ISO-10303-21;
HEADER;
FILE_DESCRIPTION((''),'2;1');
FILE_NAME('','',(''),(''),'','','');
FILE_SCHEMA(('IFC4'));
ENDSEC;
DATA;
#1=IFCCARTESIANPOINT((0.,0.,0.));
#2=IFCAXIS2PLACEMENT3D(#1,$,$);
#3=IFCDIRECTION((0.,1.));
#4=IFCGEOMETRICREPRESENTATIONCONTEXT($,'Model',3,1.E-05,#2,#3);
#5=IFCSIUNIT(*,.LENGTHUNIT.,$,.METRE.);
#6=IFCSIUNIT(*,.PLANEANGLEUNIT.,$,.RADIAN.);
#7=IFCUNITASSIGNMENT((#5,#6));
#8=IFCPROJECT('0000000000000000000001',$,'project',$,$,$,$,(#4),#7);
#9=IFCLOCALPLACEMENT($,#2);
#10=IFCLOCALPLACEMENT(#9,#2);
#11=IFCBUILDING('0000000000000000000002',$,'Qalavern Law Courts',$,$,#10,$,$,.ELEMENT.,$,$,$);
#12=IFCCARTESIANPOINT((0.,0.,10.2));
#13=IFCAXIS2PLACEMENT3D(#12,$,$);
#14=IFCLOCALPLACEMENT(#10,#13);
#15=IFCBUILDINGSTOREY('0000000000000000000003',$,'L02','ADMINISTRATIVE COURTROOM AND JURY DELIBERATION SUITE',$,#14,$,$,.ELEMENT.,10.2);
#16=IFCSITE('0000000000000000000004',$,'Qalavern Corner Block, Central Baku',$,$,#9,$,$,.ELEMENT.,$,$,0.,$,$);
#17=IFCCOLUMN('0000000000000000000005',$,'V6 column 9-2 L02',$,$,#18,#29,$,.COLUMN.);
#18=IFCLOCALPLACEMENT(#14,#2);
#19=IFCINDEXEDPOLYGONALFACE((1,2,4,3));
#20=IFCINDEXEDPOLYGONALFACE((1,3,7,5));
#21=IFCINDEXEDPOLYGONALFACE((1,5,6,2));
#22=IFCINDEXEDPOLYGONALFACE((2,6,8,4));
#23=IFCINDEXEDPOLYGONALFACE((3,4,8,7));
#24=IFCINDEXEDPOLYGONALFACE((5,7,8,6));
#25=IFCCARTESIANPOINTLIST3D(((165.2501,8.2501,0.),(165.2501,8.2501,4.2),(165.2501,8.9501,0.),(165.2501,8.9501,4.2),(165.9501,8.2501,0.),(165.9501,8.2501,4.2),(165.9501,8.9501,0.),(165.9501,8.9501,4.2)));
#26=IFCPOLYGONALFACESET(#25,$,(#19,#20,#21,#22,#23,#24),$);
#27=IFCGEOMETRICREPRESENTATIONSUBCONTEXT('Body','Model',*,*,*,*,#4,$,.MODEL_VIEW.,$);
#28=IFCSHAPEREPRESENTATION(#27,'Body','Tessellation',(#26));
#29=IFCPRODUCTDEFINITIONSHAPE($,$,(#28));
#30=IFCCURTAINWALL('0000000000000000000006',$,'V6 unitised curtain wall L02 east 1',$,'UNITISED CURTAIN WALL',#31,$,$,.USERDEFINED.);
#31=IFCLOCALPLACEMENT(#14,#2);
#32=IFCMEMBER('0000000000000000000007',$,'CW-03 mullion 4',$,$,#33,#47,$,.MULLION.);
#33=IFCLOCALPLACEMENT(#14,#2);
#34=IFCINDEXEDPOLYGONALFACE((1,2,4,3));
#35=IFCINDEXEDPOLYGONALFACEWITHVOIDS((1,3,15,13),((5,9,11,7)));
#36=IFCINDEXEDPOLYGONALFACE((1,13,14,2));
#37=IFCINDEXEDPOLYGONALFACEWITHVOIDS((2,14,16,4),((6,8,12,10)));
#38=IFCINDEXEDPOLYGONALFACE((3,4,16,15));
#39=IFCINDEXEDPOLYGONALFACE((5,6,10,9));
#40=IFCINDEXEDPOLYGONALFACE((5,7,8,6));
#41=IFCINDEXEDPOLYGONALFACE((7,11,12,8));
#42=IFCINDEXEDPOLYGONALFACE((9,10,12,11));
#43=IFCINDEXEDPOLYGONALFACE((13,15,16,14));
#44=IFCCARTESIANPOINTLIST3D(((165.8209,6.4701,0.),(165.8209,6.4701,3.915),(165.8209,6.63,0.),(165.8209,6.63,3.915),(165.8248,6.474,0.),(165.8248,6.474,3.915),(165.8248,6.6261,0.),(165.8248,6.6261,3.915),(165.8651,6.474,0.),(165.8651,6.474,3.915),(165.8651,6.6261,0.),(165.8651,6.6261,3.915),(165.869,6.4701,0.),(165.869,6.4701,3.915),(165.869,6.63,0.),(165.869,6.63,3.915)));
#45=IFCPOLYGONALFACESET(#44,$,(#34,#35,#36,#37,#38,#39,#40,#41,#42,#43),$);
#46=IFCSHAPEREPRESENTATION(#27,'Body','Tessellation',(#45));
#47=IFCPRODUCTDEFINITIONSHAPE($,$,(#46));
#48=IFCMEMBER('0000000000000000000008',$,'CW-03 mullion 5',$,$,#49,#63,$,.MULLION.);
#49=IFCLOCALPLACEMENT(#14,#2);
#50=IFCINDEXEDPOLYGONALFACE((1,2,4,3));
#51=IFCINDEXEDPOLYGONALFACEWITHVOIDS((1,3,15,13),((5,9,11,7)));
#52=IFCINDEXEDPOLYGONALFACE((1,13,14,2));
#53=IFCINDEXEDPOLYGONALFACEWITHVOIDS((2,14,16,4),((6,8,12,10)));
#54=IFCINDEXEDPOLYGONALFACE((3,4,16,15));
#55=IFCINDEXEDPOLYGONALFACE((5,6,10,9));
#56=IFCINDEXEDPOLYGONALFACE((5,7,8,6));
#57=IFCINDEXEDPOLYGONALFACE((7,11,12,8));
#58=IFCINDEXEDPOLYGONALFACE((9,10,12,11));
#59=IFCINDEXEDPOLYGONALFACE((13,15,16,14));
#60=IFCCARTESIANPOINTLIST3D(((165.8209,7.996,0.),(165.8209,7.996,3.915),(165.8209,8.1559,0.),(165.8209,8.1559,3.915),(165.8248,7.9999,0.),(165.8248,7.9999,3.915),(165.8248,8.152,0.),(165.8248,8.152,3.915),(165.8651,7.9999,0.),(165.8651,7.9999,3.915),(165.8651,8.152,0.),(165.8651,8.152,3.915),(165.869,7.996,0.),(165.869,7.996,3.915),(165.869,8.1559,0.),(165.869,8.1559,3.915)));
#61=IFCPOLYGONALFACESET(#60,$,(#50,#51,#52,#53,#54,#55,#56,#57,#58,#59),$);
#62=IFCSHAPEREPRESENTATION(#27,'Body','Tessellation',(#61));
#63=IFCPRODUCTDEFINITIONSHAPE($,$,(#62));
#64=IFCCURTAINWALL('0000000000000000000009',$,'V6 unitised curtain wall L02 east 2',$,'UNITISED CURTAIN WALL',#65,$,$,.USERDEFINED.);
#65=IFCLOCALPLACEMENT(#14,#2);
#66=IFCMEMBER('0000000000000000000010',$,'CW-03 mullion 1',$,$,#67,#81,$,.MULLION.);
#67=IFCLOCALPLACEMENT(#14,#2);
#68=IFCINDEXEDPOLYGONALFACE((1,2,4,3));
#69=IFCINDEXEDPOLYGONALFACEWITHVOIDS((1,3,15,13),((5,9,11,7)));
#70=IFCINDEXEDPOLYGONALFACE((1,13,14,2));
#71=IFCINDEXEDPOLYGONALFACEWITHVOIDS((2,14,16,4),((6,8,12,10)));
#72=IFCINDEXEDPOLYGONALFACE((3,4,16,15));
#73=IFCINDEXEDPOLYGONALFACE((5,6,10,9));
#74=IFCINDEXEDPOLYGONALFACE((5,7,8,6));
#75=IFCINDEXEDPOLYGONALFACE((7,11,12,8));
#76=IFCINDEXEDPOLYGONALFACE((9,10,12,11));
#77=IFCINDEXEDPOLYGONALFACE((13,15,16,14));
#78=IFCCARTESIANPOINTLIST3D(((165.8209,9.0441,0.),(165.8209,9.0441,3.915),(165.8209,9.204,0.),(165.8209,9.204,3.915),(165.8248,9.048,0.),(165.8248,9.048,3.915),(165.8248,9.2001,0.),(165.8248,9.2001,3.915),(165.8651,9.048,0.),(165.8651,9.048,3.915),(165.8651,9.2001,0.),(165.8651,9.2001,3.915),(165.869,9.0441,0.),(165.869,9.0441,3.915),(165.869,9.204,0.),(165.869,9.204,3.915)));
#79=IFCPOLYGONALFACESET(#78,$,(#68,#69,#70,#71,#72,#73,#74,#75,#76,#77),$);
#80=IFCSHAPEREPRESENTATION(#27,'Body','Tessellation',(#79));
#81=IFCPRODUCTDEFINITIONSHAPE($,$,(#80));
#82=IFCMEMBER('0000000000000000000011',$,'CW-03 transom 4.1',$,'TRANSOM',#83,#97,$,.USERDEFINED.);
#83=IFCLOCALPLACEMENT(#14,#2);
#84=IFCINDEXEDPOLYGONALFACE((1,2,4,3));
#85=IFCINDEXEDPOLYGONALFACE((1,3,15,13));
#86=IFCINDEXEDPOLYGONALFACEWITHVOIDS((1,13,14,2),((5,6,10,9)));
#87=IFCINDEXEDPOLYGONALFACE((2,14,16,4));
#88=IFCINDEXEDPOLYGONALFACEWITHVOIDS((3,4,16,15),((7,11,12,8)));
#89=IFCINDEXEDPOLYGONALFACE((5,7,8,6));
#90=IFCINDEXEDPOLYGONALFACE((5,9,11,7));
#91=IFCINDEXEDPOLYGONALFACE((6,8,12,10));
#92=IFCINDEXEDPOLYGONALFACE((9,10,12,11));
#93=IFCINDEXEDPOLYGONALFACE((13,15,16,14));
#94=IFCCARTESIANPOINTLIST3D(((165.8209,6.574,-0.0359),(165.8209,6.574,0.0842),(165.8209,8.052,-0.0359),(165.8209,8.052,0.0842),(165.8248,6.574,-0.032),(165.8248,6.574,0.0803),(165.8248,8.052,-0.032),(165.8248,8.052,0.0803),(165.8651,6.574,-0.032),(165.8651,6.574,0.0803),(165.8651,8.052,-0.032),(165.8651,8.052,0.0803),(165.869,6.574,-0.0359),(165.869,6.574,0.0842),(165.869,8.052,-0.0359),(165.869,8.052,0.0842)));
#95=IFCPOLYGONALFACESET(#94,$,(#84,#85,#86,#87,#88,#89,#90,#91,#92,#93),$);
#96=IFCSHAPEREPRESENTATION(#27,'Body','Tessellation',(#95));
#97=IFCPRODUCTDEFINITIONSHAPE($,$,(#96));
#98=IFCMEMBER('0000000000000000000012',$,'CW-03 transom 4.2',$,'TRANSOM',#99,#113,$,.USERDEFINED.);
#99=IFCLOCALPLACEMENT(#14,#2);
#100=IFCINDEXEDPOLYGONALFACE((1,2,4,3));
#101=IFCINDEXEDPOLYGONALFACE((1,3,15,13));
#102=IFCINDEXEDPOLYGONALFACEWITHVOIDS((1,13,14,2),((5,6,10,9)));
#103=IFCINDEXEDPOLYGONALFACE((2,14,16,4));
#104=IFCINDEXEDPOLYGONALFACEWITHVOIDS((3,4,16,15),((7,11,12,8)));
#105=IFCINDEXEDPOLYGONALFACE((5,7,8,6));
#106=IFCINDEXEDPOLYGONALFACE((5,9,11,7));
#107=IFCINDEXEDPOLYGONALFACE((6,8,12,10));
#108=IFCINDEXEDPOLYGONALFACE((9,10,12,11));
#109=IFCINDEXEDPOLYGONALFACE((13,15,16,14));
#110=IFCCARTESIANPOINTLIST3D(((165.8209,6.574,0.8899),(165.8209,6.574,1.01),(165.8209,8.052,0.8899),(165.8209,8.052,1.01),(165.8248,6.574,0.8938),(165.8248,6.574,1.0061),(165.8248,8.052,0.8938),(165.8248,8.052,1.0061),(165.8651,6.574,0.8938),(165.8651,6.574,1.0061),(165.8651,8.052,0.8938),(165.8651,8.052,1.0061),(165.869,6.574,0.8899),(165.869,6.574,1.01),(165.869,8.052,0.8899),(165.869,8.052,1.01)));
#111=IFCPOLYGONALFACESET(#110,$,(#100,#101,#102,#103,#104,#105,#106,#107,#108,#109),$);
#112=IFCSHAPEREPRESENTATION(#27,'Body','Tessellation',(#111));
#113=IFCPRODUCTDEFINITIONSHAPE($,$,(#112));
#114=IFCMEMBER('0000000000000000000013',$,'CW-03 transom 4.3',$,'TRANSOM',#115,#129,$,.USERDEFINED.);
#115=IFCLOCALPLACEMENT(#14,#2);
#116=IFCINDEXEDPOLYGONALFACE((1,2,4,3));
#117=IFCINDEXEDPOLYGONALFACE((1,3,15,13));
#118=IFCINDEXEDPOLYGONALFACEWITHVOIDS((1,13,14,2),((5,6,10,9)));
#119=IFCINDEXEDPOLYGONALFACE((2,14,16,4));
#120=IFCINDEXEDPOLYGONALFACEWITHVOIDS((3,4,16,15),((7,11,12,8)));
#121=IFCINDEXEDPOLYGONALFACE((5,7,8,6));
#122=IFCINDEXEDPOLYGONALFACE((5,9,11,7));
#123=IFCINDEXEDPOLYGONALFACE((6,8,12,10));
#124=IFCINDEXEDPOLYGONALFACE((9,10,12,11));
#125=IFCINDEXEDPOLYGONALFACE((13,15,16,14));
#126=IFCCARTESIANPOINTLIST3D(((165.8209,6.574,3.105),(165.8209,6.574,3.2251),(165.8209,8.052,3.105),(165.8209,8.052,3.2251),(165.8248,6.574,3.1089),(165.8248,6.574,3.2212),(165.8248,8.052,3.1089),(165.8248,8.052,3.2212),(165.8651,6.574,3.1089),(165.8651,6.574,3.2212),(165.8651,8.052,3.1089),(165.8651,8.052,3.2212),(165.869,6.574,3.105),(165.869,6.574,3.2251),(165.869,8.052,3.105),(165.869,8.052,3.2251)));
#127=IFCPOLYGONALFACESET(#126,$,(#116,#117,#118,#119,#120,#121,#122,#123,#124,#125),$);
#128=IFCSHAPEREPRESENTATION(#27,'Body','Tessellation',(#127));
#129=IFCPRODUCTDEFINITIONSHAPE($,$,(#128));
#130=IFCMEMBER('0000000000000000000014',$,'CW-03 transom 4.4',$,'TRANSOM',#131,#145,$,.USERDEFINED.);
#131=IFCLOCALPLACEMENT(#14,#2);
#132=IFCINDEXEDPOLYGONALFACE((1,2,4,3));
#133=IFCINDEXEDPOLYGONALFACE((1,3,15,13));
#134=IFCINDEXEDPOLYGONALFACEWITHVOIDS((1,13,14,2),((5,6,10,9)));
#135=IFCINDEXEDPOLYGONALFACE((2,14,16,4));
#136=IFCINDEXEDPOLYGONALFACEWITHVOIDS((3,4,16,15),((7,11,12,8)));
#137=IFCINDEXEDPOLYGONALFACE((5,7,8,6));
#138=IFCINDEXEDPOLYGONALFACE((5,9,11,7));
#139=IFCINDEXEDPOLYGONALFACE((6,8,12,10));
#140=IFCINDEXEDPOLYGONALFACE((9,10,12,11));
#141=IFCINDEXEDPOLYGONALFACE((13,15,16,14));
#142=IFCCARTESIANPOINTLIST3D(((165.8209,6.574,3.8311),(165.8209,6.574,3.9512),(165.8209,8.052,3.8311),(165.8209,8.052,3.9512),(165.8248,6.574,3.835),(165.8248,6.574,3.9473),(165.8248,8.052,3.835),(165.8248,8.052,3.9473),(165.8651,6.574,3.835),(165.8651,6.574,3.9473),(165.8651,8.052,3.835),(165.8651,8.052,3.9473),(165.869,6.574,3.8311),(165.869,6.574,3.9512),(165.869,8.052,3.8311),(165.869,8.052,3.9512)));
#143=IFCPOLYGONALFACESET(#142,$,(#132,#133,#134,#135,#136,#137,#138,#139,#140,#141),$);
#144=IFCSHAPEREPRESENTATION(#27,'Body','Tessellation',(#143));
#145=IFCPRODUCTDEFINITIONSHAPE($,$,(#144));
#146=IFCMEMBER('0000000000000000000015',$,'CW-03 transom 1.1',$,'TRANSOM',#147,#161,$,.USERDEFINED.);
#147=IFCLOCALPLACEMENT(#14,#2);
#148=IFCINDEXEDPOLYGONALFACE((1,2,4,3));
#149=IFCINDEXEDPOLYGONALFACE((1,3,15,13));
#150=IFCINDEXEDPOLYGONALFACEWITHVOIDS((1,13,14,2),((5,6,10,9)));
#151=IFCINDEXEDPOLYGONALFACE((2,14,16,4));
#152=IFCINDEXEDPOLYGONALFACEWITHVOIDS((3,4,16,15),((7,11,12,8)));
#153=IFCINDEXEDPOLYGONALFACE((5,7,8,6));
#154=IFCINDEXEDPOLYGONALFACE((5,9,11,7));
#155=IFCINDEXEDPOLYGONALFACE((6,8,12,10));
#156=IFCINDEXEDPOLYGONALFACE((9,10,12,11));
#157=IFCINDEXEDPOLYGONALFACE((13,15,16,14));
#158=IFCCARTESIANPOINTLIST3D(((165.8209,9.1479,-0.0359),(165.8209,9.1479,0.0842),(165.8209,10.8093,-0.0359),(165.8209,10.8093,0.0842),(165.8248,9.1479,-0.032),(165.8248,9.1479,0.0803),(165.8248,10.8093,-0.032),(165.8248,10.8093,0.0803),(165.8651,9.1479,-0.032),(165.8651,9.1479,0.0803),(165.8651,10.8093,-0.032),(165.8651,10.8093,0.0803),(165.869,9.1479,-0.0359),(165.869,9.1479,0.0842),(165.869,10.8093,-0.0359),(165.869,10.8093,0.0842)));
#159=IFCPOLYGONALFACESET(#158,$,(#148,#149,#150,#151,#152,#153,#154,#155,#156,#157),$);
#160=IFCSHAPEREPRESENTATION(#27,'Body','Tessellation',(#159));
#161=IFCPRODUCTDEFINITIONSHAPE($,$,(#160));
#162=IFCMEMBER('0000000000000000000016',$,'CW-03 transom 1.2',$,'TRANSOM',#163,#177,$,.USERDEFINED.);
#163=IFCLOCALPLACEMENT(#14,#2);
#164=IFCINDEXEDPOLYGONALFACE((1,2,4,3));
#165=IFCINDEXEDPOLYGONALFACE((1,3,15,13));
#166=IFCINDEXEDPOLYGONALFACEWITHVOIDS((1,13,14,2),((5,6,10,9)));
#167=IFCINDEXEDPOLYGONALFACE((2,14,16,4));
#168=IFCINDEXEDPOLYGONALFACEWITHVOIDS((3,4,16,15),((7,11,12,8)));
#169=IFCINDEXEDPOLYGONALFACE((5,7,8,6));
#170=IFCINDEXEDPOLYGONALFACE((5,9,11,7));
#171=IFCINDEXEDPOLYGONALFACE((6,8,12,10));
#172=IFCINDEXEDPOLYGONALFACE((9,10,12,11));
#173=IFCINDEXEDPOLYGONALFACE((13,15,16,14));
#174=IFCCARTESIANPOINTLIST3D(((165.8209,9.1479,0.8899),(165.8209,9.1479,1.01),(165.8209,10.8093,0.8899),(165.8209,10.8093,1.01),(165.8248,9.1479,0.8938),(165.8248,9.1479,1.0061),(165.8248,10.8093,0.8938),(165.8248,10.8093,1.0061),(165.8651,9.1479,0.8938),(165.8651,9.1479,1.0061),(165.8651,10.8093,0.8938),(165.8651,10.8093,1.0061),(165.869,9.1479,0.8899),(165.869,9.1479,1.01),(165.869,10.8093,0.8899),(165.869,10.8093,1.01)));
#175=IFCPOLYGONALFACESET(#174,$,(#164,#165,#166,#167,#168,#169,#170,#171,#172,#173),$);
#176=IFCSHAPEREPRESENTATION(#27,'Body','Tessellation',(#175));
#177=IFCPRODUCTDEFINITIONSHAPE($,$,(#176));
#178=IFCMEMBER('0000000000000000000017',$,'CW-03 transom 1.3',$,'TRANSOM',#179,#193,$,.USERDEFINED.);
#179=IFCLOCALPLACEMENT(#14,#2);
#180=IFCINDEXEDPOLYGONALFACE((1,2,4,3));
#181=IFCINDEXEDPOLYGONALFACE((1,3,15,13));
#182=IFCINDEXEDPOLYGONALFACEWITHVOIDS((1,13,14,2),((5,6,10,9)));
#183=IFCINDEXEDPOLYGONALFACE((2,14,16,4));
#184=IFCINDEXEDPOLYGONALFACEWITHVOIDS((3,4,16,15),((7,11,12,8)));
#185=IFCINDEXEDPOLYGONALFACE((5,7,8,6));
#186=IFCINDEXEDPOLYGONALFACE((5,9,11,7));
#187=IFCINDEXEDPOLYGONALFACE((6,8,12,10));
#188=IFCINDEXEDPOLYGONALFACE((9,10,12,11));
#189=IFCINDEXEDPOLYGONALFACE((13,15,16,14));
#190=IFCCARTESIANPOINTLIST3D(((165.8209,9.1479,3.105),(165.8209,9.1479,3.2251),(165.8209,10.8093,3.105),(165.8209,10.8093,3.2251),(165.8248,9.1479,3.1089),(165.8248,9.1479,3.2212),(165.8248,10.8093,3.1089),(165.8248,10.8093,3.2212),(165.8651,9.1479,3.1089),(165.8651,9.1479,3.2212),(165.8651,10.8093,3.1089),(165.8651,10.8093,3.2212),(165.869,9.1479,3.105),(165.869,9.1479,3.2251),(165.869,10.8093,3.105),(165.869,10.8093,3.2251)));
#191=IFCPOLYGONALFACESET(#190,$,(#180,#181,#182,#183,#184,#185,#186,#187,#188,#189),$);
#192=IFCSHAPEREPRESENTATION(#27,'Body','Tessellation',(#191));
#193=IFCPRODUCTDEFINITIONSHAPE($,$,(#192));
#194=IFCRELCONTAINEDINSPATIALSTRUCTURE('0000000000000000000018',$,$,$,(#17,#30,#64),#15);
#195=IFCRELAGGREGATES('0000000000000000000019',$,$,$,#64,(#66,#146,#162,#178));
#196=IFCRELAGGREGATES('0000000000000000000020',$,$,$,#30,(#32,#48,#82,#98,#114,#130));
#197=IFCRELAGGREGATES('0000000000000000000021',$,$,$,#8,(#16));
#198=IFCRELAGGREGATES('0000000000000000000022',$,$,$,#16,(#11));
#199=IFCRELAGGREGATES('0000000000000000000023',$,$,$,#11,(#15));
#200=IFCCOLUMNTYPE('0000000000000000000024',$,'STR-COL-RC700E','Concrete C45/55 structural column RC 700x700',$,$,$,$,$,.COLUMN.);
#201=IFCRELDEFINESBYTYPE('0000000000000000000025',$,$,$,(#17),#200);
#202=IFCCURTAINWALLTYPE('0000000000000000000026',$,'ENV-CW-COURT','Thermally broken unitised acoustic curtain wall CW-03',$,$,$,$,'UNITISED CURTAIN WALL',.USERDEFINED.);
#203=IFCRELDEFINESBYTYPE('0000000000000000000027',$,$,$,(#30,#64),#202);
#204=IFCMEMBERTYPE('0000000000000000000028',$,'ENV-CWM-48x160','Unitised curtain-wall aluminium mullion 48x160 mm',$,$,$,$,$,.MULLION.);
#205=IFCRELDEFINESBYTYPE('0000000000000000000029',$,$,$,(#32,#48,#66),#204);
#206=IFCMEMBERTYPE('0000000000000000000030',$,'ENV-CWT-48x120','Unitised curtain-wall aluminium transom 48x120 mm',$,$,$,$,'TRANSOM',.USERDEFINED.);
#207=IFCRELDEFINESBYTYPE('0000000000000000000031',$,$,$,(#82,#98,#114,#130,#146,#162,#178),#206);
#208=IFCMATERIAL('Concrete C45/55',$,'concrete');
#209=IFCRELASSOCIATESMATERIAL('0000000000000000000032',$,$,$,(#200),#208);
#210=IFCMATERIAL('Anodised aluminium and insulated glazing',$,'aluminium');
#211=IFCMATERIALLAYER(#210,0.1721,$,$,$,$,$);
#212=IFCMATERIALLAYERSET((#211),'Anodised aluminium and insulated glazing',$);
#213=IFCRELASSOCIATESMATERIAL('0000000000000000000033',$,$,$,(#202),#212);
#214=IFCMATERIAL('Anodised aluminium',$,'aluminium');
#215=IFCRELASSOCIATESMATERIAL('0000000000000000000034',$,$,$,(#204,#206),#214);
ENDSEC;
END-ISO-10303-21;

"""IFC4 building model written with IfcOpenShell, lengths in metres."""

from ifc_helpers import new_model, si_unit, direction, frame, origin, origin_2d, place, context, subcontext, project, spatial, rectangle, hollow_rectangle, extrude, material, layer, layer_set, material_profile, profile_set, type_object, element, aggregate, save


model = new_model("IFC4")

# Units and contexts
model_context = context("Model", 3, precision=1e-05, world=origin(), true_north=direction((0.0, 1.0)))
body_context = subcontext(model_context, "Body", "Model", "MODEL_VIEW")
ifc_project = project(units=[si_unit("LENGTHUNIT", "METRE"), si_unit("PLANEANGLEUNIT", "RADIAN")], contexts=[model_context])

# Site, building, storey
site_placement = place(None, origin())
site = spatial("IfcSite", under=ifc_project, at=site_placement, Name="Qalavern Corner Block, Central Baku", CompositionType="ELEMENT", RefElevation=0.0)
building_placement = place(site_placement, origin())
building = spatial("IfcBuilding", under=site, at=building_placement, Name="Qalavern Law Courts", CompositionType="ELEMENT")
storey_placement = place(building_placement, frame((0.0, 0.0, 10.2)))
storey = spatial("IfcBuildingStorey", under=building, at=storey_placement, Name="L02", Description="ADMINISTRATIVE COURTROOM AND JURY DELIBERATION SUITE", CompositionType="ELEMENT", Elevation=10.2)

# Column
ifc_material_1 = material(Name="Concrete C45/55", Category="concrete")
ifc_material_profile_1 = material_profile(ifc_material_1, rectangle(XDim=0.7, YDim=0.7, at=origin_2d()), Name="RC 700x700")
ifc_profile_set_1 = profile_set([ifc_material_profile_1], Name="Concrete C45/55")
column_type = type_object("IfcColumnType", Name="STR-COL-RC700E", Description="Concrete C45/55 structural column RC 700x700", PredefinedType="COLUMN", material=ifc_profile_set_1)
column_placement = place(storey_placement, frame((165.6001, 8.6001, 0.0), z_axis=(0.0, 0.0, 1.0), x_axis=(1.0, 0.0, 0.0)))
element("IfcColumn", 1, at=column_placement, inside=storey, type_object=column_type, Name="V6 column 9-2 L02", PredefinedType="COLUMN", context=body_context, shape_type="SweptSolid", body=[
    extrude(rectangle(XDim=0.7, YDim=0.7, at=origin_2d()), origin(), (0.0, 0.0, 1.0), 4.2),
])

# Curtain wall, members
ifc_material_2 = material(Name="Anodised aluminium and insulated glazing", Category="aluminium")
ifc_layer_1 = layer(ifc_material_2, 0.1721)
ifc_layer_set_1 = layer_set([ifc_layer_1], Name="Anodised aluminium and insulated glazing")
curtain_wall_type = type_object("IfcCurtainWallType", Name="ENV-CW-COURT", Description="Thermally broken unitised acoustic curtain wall CW-03", ElementType="UNITISED CURTAIN WALL", PredefinedType="USERDEFINED", material=ifc_layer_set_1)
curtain_wall_1_placement = place(storey_placement, origin())
curtain_wall_1 = element("IfcCurtainWall", 2, at=curtain_wall_1_placement, inside=storey, type_object=curtain_wall_type, Name="V6 unitised curtain wall L02 east 1", ObjectType="UNITISED CURTAIN WALL", PredefinedType="USERDEFINED")
ifc_material_3 = material(Name="Anodised aluminium", Category="aluminium")
ifc_material_profile_2 = material_profile(ifc_material_3, hollow_rectangle(XDim=0.0481, YDim=0.1599, WallThickness=0.0039, at=origin_2d()), Name="ALU MULLION 48x160")
ifc_profile_set_2 = profile_set([ifc_material_profile_2], Name="Anodised aluminium")
member_type_1 = type_object("IfcMemberType", Name="ENV-CWM-48x160", Description="Unitised curtain-wall aluminium mullion 48x160 mm", PredefinedType="MULLION", material=ifc_profile_set_2)
member_1_placement = place(storey_placement, frame((165.845, 6.55, 0.0), z_axis=(0.0, 0.0, 1.0), x_axis=(-1.0, 0.0, 0.0)))
member_1 = element("IfcMember", 3, at=member_1_placement, type_object=member_type_1, Name="CW-03 mullion 4", PredefinedType="MULLION", context=body_context, shape_type="SweptSolid", body=[
    extrude(hollow_rectangle(XDim=0.0481, YDim=0.1599, WallThickness=0.0039, at=origin_2d()), origin(), (0.0, 0.0, 1.0), 3.915),
])
member_2_placement = place(storey_placement, frame((165.845, 8.0759, 0.0), z_axis=(0.0, 0.0, 1.0), x_axis=(-1.0, 0.0, 0.0)))
member_2 = element("IfcMember", 4, at=member_2_placement, type_object=member_type_1, Name="CW-03 mullion 5", PredefinedType="MULLION", context=body_context, shape_type="SweptSolid", body=[
    extrude(hollow_rectangle(XDim=0.0481, YDim=0.1599, WallThickness=0.0039, at=origin_2d()), origin(), (0.0, 0.0, 1.0), 3.915),
])

# Curtain wall, member
curtain_wall_2_placement = place(storey_placement, origin())
curtain_wall_2 = element("IfcCurtainWall", 5, at=curtain_wall_2_placement, inside=storey, type_object=curtain_wall_type, Name="V6 unitised curtain wall L02 east 2", ObjectType="UNITISED CURTAIN WALL", PredefinedType="USERDEFINED")
member_3_placement = place(storey_placement, frame((165.845, 9.124, 0.0), z_axis=(0.0, 0.0, 1.0), x_axis=(-1.0, 0.0, 0.0)))
member_3 = element("IfcMember", 6, at=member_3_placement, type_object=member_type_1, Name="CW-03 mullion 1", PredefinedType="MULLION", context=body_context, shape_type="SweptSolid", body=[
    extrude(hollow_rectangle(XDim=0.0481, YDim=0.1599, WallThickness=0.0039, at=origin_2d()), origin(), (0.0, 0.0, 1.0), 3.915),
])

# Members
ifc_material_profile_3 = material_profile(ifc_material_3, hollow_rectangle(XDim=0.0481, YDim=0.1201, WallThickness=0.0039, at=origin_2d()), Name="ALU TRANSOM 48x120")
ifc_profile_set_3 = profile_set([ifc_material_profile_3], Name="Anodised aluminium")
member_type_2 = type_object("IfcMemberType", Name="ENV-CWT-48x120", Description="Unitised curtain-wall aluminium transom 48x120 mm", ElementType="TRANSOM", PredefinedType="USERDEFINED", material=ifc_profile_set_3)
member_4_placement = place(storey_placement, frame((165.845, 6.574, 0.0242), z_axis=(0.0, 1.0, 0.0), x_axis=(-1.0, 0.0, 0.0)))
member_4 = element("IfcMember", 7, at=member_4_placement, type_object=member_type_2, Name="CW-03 transom 4.1", ObjectType="TRANSOM", PredefinedType="USERDEFINED", context=body_context, shape_type="SweptSolid", body=[
    extrude(hollow_rectangle(XDim=0.0481, YDim=0.1201, WallThickness=0.0039, at=origin_2d()), origin(), (0.0, 0.0, 1.0), 1.478),
])
member_5_placement = place(storey_placement, frame((165.845, 6.574, 0.95), z_axis=(0.0, 1.0, 0.0), x_axis=(-1.0, 0.0, 0.0)))
member_5 = element("IfcMember", 8, at=member_5_placement, type_object=member_type_2, Name="CW-03 transom 4.2", ObjectType="TRANSOM", PredefinedType="USERDEFINED", context=body_context, shape_type="SweptSolid", body=[
    extrude(hollow_rectangle(XDim=0.0481, YDim=0.1201, WallThickness=0.0039, at=origin_2d()), origin(), (0.0, 0.0, 1.0), 1.478),
])
member_6_placement = place(storey_placement, frame((165.845, 6.574, 3.165), z_axis=(0.0, 1.0, 0.0), x_axis=(-1.0, 0.0, 0.0)))
member_6 = element("IfcMember", 9, at=member_6_placement, type_object=member_type_2, Name="CW-03 transom 4.3", ObjectType="TRANSOM", PredefinedType="USERDEFINED", context=body_context, shape_type="SweptSolid", body=[
    extrude(hollow_rectangle(XDim=0.0481, YDim=0.1201, WallThickness=0.0039, at=origin_2d()), origin(), (0.0, 0.0, 1.0), 1.478),
])
member_7_placement = place(storey_placement, frame((165.845, 6.574, 3.8911), z_axis=(0.0, 1.0, 0.0), x_axis=(-1.0, 0.0, 0.0)))
member_7 = element("IfcMember", 10, at=member_7_placement, type_object=member_type_2, Name="CW-03 transom 4.4", ObjectType="TRANSOM", PredefinedType="USERDEFINED", context=body_context, shape_type="SweptSolid", body=[
    extrude(hollow_rectangle(XDim=0.0481, YDim=0.1201, WallThickness=0.0039, at=origin_2d()), origin(), (0.0, 0.0, 1.0), 1.478),
])
member_8_placement = place(storey_placement, frame((165.845, 9.1479, 0.0242), z_axis=(0.0, 1.0, 0.0), x_axis=(-1.0, 0.0, 0.0)))
member_8 = element("IfcMember", 11, at=member_8_placement, type_object=member_type_2, Name="CW-03 transom 1.1", ObjectType="TRANSOM", PredefinedType="USERDEFINED", context=body_context, shape_type="SweptSolid", body=[
    extrude(hollow_rectangle(XDim=0.0481, YDim=0.1201, WallThickness=0.0039, at=origin_2d()), origin(), (0.0, 0.0, 1.0), 1.6614),
])
member_9_placement = place(storey_placement, frame((165.845, 9.1479, 0.95), z_axis=(0.0, 1.0, 0.0), x_axis=(-1.0, 0.0, 0.0)))
member_9 = element("IfcMember", 12, at=member_9_placement, type_object=member_type_2, Name="CW-03 transom 1.2", ObjectType="TRANSOM", PredefinedType="USERDEFINED", context=body_context, shape_type="SweptSolid", body=[
    extrude(hollow_rectangle(XDim=0.0481, YDim=0.1201, WallThickness=0.0039, at=origin_2d()), origin(), (0.0, 0.0, 1.0), 1.6614),
])
member_10_placement = place(storey_placement, frame((165.845, 9.1479, 3.165), z_axis=(0.0, 1.0, 0.0), x_axis=(-1.0, 0.0, 0.0)))
member_10 = element("IfcMember", 13, at=member_10_placement, type_object=member_type_2, Name="CW-03 transom 1.3", ObjectType="TRANSOM", PredefinedType="USERDEFINED", context=body_context, shape_type="SweptSolid", body=[
    extrude(hollow_rectangle(XDim=0.0481, YDim=0.1201, WallThickness=0.0039, at=origin_2d()), origin(), (0.0, 0.0, 1.0), 1.6614),
])
aggregate(curtain_wall_2, [member_3, member_8, member_9, member_10])

aggregate(curtain_wall_1, [member_1, member_2, member_4, member_5, member_6, member_7])

save(model, "model.ifc")
